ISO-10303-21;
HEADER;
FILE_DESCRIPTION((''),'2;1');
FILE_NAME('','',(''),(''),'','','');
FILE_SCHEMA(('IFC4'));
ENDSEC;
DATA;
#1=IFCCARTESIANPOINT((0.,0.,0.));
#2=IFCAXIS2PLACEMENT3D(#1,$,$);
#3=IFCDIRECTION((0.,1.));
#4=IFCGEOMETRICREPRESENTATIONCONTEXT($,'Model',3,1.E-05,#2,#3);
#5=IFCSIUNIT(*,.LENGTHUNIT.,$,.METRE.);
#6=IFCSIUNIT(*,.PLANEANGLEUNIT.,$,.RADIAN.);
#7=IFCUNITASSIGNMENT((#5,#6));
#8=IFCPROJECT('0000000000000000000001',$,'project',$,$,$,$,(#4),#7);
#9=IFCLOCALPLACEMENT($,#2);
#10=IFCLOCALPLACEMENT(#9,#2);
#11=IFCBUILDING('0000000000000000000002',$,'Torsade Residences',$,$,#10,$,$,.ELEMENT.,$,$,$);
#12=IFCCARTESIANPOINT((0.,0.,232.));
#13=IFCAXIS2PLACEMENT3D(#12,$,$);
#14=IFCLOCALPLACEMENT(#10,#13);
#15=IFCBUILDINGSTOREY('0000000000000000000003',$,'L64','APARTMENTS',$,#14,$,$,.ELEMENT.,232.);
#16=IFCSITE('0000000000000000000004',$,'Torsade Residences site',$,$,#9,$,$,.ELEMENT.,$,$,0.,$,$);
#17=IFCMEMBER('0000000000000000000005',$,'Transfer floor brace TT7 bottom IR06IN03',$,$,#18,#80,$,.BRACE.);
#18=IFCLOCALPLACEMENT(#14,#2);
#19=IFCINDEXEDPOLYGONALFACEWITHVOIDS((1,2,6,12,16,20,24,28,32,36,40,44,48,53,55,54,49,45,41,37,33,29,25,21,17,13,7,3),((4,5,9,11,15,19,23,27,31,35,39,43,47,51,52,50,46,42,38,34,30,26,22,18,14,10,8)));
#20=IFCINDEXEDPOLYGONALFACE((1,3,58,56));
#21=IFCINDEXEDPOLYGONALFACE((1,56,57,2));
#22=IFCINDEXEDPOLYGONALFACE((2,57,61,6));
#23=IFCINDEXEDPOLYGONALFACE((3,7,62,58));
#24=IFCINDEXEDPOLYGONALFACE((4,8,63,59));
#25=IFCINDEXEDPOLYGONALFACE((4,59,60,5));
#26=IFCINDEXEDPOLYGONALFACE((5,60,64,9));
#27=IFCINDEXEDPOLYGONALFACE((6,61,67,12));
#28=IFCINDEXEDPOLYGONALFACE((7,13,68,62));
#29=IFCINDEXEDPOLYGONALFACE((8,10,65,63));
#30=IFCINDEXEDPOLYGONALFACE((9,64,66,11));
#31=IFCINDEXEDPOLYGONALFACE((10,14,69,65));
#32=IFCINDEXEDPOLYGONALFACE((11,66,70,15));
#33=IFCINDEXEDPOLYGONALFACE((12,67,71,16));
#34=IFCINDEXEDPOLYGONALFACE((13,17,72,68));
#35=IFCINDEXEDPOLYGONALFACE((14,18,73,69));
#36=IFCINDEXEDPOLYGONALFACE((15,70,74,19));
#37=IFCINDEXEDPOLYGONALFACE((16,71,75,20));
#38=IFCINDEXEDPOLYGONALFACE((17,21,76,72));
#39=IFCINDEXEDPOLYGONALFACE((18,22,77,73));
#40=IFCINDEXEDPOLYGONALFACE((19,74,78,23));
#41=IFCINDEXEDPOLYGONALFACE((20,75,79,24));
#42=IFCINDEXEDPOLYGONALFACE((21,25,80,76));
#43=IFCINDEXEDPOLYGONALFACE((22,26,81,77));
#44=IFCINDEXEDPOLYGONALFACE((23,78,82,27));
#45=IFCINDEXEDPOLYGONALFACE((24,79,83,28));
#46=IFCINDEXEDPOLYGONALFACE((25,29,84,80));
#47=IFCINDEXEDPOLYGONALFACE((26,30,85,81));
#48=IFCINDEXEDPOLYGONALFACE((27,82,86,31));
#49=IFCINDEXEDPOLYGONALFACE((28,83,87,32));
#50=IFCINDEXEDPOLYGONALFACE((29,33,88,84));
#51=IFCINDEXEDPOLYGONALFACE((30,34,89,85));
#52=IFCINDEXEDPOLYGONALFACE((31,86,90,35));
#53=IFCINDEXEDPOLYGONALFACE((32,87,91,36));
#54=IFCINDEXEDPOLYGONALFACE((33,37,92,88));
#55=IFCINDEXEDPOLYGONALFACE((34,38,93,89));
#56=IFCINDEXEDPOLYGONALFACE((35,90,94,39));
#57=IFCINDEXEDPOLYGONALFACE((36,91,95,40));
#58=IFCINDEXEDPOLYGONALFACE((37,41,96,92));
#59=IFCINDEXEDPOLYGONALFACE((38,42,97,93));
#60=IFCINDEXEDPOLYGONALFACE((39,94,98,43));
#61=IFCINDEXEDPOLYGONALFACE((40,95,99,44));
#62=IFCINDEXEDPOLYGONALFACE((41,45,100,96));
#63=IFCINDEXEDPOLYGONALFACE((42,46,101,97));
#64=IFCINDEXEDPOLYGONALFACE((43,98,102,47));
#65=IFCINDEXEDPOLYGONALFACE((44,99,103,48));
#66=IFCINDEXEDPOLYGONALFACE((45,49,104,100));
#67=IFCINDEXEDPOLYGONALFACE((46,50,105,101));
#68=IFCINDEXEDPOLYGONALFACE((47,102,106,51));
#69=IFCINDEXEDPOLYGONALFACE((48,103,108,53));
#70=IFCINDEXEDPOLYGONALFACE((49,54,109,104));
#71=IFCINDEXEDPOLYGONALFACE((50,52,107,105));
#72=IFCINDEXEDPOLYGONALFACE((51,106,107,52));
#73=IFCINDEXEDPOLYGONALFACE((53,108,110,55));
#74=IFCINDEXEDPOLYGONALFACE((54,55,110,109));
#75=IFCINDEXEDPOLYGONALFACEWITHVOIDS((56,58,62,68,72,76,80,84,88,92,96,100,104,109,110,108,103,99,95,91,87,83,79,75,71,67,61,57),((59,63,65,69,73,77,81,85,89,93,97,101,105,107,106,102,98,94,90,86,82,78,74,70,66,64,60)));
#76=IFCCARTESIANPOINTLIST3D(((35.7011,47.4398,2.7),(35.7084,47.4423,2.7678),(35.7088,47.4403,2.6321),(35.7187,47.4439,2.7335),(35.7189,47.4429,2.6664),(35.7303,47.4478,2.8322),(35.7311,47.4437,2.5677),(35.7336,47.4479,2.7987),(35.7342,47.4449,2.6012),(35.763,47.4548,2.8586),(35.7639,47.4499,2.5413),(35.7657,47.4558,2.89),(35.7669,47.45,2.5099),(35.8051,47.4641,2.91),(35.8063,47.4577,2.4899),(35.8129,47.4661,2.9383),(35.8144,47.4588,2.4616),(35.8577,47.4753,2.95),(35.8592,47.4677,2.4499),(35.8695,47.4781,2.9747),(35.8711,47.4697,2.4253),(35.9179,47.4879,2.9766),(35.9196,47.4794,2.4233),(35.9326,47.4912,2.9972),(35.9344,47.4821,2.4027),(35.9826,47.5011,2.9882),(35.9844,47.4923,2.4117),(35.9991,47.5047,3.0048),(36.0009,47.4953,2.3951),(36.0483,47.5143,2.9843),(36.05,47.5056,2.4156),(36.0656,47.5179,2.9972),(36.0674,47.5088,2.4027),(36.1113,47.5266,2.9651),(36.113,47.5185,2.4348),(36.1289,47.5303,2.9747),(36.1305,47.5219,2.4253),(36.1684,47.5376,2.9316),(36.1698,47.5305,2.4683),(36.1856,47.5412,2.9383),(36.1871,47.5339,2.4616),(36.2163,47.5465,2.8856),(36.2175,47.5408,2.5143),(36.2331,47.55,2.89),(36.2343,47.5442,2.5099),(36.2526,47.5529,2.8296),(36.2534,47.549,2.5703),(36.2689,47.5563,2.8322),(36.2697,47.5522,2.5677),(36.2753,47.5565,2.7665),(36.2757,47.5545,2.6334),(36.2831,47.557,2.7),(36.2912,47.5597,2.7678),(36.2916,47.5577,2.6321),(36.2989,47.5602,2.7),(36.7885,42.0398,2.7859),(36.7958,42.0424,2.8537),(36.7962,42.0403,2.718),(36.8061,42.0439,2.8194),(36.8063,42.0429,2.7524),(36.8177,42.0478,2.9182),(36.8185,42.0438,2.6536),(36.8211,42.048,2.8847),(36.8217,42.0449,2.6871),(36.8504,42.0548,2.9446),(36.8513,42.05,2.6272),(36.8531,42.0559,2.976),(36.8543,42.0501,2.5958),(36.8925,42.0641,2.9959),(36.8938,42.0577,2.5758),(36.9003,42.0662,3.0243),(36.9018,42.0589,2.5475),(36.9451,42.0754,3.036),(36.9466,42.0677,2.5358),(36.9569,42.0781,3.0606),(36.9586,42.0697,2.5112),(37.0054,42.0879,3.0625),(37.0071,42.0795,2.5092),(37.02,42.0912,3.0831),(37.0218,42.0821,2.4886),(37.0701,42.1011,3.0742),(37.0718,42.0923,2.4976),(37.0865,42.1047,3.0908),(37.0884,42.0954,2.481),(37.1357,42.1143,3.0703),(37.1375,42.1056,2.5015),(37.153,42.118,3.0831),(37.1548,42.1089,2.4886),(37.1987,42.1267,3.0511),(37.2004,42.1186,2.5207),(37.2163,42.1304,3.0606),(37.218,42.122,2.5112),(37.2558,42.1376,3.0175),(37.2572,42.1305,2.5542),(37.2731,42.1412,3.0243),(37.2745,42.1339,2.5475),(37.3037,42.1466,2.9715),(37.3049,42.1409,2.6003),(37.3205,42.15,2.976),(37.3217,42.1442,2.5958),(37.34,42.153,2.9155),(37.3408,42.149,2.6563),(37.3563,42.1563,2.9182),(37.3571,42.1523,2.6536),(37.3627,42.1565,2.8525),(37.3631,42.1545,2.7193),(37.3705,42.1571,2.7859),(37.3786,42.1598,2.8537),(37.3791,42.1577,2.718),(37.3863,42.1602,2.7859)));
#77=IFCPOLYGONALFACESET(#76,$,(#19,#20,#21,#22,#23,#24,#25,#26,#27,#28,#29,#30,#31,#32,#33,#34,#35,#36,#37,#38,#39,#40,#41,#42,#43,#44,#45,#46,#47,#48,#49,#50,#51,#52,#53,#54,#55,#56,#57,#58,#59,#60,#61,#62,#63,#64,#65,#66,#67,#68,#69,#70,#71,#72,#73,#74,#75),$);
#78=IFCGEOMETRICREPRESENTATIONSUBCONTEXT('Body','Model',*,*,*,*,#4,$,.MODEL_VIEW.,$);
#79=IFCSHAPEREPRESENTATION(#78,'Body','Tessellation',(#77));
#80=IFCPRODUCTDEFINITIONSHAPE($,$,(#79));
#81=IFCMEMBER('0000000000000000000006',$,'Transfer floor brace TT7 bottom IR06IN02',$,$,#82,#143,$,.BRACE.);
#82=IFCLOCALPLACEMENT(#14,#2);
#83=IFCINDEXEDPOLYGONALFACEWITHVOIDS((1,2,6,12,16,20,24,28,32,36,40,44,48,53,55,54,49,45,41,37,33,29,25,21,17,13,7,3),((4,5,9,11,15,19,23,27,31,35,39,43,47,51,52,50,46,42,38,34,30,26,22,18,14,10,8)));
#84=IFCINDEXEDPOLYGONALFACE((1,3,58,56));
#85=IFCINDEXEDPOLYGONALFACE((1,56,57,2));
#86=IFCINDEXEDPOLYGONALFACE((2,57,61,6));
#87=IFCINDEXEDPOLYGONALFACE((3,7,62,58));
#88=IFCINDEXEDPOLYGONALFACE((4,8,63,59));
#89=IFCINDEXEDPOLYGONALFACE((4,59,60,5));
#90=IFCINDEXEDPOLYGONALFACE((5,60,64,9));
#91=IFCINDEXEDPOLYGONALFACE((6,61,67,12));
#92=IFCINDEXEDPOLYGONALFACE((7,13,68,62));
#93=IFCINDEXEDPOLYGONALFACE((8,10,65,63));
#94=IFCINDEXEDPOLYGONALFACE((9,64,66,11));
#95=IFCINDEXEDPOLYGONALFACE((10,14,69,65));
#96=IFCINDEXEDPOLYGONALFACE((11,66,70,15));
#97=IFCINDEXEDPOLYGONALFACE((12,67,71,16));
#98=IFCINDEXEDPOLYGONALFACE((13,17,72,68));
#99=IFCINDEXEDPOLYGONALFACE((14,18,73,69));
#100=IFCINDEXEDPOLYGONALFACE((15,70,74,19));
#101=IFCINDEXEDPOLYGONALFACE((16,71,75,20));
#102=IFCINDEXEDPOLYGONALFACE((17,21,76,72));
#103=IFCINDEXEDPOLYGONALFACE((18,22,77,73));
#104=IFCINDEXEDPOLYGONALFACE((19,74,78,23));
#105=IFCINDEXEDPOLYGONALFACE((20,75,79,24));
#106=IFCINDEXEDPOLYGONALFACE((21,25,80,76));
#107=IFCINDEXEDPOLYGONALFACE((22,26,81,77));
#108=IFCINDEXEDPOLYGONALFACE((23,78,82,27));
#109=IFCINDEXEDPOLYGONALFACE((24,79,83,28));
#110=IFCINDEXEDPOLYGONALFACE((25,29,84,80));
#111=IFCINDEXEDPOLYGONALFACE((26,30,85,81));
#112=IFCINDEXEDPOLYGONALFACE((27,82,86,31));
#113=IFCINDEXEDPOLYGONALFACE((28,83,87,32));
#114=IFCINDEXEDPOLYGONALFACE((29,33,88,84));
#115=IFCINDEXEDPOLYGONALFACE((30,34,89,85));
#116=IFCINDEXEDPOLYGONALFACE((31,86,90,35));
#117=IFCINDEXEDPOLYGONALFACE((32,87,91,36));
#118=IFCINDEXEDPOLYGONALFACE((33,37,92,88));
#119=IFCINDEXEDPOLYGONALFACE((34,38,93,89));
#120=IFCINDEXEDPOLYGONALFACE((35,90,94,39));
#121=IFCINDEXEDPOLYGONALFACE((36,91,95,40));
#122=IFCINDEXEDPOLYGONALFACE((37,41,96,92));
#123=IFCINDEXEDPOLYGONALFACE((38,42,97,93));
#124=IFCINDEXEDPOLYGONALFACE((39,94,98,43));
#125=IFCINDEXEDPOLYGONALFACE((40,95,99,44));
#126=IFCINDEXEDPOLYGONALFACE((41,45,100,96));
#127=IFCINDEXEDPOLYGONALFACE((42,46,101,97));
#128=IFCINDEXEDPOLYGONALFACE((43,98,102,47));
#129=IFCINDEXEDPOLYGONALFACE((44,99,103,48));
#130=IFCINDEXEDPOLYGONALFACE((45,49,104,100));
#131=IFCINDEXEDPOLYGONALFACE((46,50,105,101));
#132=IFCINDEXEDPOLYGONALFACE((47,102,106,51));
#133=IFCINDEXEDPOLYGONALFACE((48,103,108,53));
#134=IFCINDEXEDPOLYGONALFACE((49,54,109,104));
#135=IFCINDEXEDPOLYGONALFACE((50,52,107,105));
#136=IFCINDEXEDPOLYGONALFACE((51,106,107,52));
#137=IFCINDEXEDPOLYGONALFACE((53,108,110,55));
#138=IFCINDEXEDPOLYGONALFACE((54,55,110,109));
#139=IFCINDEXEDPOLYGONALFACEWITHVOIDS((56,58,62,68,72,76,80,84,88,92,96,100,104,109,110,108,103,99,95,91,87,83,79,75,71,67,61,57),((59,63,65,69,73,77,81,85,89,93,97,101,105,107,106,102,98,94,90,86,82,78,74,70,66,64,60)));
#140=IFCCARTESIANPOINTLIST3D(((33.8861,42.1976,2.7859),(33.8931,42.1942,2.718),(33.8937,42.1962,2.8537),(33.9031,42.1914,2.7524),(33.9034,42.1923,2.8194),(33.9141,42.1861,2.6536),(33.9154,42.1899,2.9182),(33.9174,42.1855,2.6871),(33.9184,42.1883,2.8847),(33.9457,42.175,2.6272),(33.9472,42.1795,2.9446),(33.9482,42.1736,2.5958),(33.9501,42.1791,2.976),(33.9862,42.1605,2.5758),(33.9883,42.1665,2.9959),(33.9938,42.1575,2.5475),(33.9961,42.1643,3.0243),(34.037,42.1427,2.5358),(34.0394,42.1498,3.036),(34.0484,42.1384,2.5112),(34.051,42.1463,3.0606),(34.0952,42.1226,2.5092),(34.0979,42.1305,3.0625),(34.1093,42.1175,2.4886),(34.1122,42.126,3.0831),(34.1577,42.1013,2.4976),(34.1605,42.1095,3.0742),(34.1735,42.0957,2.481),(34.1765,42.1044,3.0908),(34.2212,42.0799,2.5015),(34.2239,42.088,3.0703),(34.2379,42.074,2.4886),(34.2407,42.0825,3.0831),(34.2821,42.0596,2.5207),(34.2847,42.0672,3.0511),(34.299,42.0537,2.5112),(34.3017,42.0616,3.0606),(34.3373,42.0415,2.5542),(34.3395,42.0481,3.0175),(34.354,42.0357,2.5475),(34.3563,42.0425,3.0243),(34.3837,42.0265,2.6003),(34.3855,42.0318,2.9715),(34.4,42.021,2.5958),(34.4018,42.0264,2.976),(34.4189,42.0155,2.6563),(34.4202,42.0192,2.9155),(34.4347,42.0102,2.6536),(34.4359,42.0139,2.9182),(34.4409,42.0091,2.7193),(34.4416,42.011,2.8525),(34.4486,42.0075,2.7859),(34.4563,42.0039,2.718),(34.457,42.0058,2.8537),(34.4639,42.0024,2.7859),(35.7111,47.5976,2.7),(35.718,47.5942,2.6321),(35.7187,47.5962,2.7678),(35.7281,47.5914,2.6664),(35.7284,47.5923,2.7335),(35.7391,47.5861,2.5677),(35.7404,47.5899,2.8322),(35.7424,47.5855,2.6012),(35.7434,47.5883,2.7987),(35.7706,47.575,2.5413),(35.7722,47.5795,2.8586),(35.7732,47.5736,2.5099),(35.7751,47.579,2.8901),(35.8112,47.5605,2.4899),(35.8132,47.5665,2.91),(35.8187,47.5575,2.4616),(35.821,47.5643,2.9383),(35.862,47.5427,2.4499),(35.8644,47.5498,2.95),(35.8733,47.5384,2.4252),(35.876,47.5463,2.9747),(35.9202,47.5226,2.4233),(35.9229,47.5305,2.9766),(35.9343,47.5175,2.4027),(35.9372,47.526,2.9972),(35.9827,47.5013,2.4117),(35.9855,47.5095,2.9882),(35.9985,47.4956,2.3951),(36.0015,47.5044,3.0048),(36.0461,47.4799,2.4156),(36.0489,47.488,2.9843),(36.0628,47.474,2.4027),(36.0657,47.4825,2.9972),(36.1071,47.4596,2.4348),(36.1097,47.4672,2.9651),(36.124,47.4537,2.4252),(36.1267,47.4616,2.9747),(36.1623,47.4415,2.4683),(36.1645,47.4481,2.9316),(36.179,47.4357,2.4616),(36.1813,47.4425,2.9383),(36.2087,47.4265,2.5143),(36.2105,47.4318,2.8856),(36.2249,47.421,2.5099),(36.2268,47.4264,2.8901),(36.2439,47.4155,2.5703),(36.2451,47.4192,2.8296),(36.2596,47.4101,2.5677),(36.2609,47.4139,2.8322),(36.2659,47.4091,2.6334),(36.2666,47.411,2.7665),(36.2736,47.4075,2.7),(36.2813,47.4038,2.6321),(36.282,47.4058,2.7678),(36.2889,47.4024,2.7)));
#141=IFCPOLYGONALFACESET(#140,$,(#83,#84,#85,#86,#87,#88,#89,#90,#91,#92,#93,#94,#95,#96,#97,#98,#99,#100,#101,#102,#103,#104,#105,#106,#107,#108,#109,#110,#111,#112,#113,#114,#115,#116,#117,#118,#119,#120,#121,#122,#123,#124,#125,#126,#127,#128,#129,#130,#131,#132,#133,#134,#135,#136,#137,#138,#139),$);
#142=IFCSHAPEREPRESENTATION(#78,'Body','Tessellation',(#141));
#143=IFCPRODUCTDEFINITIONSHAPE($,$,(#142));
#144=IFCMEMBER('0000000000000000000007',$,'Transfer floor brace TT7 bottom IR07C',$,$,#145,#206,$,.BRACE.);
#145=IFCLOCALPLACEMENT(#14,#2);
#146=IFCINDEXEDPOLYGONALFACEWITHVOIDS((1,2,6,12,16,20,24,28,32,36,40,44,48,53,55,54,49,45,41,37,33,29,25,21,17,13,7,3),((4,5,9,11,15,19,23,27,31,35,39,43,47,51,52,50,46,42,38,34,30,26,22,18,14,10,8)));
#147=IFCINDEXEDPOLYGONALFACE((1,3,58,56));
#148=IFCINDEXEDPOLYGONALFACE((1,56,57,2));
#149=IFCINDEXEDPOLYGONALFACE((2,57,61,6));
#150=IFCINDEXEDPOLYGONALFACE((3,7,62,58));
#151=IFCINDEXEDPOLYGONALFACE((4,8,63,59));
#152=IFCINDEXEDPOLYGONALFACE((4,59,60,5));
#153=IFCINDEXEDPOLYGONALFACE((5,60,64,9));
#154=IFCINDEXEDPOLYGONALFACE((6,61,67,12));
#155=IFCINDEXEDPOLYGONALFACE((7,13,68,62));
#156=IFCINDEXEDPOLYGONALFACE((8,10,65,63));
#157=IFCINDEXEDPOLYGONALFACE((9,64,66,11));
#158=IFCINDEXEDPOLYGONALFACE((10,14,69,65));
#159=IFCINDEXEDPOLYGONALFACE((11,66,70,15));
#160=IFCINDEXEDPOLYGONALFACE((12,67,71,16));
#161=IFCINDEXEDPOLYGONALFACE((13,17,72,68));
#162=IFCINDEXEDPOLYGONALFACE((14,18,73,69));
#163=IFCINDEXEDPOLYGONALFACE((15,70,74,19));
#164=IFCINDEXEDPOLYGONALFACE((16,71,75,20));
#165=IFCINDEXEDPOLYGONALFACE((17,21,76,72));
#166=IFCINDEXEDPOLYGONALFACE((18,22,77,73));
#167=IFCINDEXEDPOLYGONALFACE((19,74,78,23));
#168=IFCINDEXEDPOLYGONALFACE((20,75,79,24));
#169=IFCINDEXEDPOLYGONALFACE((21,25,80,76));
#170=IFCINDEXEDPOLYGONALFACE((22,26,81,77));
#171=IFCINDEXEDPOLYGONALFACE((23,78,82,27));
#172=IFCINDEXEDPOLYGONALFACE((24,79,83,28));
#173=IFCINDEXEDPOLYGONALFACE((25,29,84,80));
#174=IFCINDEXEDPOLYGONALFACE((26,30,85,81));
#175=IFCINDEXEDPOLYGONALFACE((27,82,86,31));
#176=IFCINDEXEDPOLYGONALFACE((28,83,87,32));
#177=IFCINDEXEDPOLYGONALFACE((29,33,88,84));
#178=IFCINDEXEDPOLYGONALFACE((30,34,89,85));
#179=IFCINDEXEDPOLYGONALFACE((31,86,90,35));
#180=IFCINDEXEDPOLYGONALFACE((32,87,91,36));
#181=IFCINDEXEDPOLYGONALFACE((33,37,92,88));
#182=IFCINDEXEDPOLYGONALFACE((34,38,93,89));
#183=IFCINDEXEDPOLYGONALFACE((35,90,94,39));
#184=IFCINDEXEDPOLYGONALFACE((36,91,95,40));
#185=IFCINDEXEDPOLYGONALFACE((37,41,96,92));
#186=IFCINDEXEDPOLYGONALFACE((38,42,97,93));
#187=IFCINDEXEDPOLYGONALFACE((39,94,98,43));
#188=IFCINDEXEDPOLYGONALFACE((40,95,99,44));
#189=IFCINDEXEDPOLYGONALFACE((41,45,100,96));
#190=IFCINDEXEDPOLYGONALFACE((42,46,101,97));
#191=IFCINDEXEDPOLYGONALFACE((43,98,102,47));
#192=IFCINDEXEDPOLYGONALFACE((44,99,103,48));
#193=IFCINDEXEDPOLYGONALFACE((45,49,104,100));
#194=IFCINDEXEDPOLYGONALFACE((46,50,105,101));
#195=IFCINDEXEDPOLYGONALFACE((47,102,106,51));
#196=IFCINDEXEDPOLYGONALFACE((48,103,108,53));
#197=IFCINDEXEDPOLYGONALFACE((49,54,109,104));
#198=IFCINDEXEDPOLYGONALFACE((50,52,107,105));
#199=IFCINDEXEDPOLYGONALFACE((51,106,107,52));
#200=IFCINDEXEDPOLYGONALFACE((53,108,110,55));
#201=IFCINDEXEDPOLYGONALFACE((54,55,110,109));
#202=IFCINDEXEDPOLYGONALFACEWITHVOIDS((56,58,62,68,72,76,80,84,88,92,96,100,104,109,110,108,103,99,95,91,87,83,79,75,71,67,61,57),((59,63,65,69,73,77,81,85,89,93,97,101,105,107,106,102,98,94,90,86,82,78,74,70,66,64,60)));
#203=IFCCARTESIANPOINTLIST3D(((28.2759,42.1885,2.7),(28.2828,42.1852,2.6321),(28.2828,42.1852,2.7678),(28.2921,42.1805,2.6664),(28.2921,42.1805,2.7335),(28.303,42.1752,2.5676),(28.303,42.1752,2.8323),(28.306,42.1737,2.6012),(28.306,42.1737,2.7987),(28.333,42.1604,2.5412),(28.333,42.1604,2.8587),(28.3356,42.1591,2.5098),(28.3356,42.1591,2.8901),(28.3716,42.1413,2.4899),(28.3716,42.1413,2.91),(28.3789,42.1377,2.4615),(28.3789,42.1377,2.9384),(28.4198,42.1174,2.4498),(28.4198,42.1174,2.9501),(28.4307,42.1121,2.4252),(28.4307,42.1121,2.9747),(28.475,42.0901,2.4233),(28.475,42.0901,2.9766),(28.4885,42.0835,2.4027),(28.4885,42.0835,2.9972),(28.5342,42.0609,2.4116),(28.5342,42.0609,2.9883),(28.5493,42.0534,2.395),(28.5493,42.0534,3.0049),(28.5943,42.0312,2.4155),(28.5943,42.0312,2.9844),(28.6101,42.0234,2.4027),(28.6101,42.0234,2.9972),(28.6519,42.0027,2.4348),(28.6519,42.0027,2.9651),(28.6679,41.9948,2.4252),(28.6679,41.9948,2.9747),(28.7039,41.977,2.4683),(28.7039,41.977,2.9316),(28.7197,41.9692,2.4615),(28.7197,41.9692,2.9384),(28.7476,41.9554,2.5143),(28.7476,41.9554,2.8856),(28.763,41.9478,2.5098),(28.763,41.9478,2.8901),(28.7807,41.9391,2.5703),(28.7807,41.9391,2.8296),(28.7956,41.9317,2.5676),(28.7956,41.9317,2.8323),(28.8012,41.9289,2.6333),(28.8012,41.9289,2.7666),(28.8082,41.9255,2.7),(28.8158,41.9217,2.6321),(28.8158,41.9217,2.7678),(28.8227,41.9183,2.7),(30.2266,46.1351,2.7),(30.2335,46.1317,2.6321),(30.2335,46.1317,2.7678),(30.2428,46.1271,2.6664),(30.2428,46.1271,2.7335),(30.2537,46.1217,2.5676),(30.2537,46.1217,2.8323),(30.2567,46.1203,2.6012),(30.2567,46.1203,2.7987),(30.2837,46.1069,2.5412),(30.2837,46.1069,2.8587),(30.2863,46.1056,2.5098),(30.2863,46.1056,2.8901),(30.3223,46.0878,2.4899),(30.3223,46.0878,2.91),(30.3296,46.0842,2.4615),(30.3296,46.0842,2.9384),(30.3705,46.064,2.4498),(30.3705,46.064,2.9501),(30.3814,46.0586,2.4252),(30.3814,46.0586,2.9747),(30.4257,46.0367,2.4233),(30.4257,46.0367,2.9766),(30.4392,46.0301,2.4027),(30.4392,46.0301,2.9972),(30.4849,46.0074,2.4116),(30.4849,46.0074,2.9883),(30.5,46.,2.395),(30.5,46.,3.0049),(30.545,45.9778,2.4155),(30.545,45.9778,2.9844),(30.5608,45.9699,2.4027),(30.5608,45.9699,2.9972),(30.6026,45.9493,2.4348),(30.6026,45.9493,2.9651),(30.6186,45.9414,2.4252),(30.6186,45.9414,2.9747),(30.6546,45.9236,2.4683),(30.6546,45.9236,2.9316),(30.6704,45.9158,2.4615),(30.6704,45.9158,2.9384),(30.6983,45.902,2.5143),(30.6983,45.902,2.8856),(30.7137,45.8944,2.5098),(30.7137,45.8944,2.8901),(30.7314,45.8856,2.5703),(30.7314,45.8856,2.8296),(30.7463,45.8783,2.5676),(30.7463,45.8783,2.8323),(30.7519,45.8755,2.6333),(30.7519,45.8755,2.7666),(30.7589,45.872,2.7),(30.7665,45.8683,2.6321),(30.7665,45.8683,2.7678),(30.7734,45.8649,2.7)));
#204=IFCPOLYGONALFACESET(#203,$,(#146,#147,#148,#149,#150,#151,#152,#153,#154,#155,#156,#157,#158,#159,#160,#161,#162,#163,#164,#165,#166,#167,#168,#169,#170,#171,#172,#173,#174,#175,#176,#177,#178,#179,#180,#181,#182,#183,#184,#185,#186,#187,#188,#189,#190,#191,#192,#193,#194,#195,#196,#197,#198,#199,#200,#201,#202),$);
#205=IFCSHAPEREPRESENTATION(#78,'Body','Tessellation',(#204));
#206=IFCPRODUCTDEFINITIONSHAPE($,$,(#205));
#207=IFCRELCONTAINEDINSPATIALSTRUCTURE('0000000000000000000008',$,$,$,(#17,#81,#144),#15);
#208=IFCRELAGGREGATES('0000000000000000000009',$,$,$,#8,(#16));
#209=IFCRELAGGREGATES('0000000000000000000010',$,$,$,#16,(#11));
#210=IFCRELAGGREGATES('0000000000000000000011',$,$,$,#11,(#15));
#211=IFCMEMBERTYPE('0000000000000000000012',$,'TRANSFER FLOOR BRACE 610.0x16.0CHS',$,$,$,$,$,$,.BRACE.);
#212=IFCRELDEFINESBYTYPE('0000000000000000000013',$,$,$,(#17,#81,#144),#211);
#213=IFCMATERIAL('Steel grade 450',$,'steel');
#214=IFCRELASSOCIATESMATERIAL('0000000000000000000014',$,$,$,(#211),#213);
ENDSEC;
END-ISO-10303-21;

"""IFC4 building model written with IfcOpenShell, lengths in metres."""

from ifc_helpers import new_model, si_unit, direction, frame, origin, origin_2d, place, context, subcontext, project, spatial, hollow_circle, extrude, material, material_profile, profile_set, type_object, element, save


model = new_model("IFC4")

# Units and contexts
model_context = context("Model", 3, precision=1e-05, world=origin(), true_north=direction((0.0, 1.0)))
body_context = subcontext(model_context, "Body", "Model", "MODEL_VIEW")
ifc_project = project(units=[si_unit("LENGTHUNIT", "METRE"), si_unit("PLANEANGLEUNIT", "RADIAN")], contexts=[model_context])

# Site, building, storey
site_placement = place(None, origin())
site = spatial("IfcSite", under=ifc_project, at=site_placement, Name="Torsade Residences site", CompositionType="ELEMENT", RefElevation=0.0)
building_placement = place(site_placement, origin())
building = spatial("IfcBuilding", under=site, at=building_placement, Name="Torsade Residences", CompositionType="ELEMENT")
storey_placement = place(building_placement, frame((0.0, 0.0, 232.0)))
storey = spatial("IfcBuildingStorey", under=building, at=storey_placement, Name="L64", Description="APARTMENTS", CompositionType="ELEMENT", Elevation=232.0)

# Members
ifc_material_1 = material(Name="Steel grade 450", Category="steel")
ifc_material_profile_1 = material_profile(ifc_material_1, hollow_circle(Radius=0.3049, WallThickness=0.0161, at=origin_2d()), Name="610.0x16.0CHS")
ifc_profile_set_1 = profile_set([ifc_material_profile_1], Name="Steel grade 450")
member_type_1 = type_object("IfcMemberType", Name="TRANSFER FLOOR BRACE 610.0x16.0CHS", PredefinedType="BRACE", material=ifc_profile_set_1)
member_1_placement = place(storey_placement, frame((36.0, 47.5, 2.7), z_axis=(0.197388, -0.980201, 0.0156), x_axis=(0.980321, 0.197412, 0.0)))
element("IfcMember", 1, at=member_1_placement, inside=storey, type_object=member_type_1, Name="Transfer floor brace TT7 bottom IR06IN03", PredefinedType="BRACE", context=body_context, shape_type="SweptSolid", body=[
    extrude(hollow_circle(Radius=0.3049, WallThickness=0.0161, at=origin_2d()), origin(), (0.0, 0.0, 1.0), 5.509),
])
member_2_placement = place(storey_placement, frame((36.0, 47.5, 2.7), z_axis=(-0.320133, -0.947252, 0.015075), x_axis=(0.94736, -0.32017, 0.0)))
element("IfcMember", 2, at=member_2_placement, inside=storey, type_object=member_type_1, Name="Transfer floor brace TT7 bottom IR06IN02", PredefinedType="BRACE", context=body_context, shape_type="SweptSolid", body=[
    extrude(hollow_circle(Radius=0.3049, WallThickness=0.0161, at=origin_2d()), origin(), (0.0, 0.0, 1.0), 5.7007),
])
member_3_placement = place(storey_placement, frame((30.5, 46.0, 2.7), z_axis=(-0.443105, -0.89647, 0.0), x_axis=(0.89647, -0.443105, 0.0)))
element("IfcMember", 3, at=member_3_placement, inside=storey, type_object=member_type_1, Name="Transfer floor brace TT7 bottom IR07C", PredefinedType="BRACE", context=body_context, shape_type="SweptSolid", body=[
    extrude(hollow_circle(Radius=0.3049, WallThickness=0.0161, at=origin_2d()), origin(), (0.0, 0.0, 1.0), 4.4023),
])

save(model, "model.ifc")
